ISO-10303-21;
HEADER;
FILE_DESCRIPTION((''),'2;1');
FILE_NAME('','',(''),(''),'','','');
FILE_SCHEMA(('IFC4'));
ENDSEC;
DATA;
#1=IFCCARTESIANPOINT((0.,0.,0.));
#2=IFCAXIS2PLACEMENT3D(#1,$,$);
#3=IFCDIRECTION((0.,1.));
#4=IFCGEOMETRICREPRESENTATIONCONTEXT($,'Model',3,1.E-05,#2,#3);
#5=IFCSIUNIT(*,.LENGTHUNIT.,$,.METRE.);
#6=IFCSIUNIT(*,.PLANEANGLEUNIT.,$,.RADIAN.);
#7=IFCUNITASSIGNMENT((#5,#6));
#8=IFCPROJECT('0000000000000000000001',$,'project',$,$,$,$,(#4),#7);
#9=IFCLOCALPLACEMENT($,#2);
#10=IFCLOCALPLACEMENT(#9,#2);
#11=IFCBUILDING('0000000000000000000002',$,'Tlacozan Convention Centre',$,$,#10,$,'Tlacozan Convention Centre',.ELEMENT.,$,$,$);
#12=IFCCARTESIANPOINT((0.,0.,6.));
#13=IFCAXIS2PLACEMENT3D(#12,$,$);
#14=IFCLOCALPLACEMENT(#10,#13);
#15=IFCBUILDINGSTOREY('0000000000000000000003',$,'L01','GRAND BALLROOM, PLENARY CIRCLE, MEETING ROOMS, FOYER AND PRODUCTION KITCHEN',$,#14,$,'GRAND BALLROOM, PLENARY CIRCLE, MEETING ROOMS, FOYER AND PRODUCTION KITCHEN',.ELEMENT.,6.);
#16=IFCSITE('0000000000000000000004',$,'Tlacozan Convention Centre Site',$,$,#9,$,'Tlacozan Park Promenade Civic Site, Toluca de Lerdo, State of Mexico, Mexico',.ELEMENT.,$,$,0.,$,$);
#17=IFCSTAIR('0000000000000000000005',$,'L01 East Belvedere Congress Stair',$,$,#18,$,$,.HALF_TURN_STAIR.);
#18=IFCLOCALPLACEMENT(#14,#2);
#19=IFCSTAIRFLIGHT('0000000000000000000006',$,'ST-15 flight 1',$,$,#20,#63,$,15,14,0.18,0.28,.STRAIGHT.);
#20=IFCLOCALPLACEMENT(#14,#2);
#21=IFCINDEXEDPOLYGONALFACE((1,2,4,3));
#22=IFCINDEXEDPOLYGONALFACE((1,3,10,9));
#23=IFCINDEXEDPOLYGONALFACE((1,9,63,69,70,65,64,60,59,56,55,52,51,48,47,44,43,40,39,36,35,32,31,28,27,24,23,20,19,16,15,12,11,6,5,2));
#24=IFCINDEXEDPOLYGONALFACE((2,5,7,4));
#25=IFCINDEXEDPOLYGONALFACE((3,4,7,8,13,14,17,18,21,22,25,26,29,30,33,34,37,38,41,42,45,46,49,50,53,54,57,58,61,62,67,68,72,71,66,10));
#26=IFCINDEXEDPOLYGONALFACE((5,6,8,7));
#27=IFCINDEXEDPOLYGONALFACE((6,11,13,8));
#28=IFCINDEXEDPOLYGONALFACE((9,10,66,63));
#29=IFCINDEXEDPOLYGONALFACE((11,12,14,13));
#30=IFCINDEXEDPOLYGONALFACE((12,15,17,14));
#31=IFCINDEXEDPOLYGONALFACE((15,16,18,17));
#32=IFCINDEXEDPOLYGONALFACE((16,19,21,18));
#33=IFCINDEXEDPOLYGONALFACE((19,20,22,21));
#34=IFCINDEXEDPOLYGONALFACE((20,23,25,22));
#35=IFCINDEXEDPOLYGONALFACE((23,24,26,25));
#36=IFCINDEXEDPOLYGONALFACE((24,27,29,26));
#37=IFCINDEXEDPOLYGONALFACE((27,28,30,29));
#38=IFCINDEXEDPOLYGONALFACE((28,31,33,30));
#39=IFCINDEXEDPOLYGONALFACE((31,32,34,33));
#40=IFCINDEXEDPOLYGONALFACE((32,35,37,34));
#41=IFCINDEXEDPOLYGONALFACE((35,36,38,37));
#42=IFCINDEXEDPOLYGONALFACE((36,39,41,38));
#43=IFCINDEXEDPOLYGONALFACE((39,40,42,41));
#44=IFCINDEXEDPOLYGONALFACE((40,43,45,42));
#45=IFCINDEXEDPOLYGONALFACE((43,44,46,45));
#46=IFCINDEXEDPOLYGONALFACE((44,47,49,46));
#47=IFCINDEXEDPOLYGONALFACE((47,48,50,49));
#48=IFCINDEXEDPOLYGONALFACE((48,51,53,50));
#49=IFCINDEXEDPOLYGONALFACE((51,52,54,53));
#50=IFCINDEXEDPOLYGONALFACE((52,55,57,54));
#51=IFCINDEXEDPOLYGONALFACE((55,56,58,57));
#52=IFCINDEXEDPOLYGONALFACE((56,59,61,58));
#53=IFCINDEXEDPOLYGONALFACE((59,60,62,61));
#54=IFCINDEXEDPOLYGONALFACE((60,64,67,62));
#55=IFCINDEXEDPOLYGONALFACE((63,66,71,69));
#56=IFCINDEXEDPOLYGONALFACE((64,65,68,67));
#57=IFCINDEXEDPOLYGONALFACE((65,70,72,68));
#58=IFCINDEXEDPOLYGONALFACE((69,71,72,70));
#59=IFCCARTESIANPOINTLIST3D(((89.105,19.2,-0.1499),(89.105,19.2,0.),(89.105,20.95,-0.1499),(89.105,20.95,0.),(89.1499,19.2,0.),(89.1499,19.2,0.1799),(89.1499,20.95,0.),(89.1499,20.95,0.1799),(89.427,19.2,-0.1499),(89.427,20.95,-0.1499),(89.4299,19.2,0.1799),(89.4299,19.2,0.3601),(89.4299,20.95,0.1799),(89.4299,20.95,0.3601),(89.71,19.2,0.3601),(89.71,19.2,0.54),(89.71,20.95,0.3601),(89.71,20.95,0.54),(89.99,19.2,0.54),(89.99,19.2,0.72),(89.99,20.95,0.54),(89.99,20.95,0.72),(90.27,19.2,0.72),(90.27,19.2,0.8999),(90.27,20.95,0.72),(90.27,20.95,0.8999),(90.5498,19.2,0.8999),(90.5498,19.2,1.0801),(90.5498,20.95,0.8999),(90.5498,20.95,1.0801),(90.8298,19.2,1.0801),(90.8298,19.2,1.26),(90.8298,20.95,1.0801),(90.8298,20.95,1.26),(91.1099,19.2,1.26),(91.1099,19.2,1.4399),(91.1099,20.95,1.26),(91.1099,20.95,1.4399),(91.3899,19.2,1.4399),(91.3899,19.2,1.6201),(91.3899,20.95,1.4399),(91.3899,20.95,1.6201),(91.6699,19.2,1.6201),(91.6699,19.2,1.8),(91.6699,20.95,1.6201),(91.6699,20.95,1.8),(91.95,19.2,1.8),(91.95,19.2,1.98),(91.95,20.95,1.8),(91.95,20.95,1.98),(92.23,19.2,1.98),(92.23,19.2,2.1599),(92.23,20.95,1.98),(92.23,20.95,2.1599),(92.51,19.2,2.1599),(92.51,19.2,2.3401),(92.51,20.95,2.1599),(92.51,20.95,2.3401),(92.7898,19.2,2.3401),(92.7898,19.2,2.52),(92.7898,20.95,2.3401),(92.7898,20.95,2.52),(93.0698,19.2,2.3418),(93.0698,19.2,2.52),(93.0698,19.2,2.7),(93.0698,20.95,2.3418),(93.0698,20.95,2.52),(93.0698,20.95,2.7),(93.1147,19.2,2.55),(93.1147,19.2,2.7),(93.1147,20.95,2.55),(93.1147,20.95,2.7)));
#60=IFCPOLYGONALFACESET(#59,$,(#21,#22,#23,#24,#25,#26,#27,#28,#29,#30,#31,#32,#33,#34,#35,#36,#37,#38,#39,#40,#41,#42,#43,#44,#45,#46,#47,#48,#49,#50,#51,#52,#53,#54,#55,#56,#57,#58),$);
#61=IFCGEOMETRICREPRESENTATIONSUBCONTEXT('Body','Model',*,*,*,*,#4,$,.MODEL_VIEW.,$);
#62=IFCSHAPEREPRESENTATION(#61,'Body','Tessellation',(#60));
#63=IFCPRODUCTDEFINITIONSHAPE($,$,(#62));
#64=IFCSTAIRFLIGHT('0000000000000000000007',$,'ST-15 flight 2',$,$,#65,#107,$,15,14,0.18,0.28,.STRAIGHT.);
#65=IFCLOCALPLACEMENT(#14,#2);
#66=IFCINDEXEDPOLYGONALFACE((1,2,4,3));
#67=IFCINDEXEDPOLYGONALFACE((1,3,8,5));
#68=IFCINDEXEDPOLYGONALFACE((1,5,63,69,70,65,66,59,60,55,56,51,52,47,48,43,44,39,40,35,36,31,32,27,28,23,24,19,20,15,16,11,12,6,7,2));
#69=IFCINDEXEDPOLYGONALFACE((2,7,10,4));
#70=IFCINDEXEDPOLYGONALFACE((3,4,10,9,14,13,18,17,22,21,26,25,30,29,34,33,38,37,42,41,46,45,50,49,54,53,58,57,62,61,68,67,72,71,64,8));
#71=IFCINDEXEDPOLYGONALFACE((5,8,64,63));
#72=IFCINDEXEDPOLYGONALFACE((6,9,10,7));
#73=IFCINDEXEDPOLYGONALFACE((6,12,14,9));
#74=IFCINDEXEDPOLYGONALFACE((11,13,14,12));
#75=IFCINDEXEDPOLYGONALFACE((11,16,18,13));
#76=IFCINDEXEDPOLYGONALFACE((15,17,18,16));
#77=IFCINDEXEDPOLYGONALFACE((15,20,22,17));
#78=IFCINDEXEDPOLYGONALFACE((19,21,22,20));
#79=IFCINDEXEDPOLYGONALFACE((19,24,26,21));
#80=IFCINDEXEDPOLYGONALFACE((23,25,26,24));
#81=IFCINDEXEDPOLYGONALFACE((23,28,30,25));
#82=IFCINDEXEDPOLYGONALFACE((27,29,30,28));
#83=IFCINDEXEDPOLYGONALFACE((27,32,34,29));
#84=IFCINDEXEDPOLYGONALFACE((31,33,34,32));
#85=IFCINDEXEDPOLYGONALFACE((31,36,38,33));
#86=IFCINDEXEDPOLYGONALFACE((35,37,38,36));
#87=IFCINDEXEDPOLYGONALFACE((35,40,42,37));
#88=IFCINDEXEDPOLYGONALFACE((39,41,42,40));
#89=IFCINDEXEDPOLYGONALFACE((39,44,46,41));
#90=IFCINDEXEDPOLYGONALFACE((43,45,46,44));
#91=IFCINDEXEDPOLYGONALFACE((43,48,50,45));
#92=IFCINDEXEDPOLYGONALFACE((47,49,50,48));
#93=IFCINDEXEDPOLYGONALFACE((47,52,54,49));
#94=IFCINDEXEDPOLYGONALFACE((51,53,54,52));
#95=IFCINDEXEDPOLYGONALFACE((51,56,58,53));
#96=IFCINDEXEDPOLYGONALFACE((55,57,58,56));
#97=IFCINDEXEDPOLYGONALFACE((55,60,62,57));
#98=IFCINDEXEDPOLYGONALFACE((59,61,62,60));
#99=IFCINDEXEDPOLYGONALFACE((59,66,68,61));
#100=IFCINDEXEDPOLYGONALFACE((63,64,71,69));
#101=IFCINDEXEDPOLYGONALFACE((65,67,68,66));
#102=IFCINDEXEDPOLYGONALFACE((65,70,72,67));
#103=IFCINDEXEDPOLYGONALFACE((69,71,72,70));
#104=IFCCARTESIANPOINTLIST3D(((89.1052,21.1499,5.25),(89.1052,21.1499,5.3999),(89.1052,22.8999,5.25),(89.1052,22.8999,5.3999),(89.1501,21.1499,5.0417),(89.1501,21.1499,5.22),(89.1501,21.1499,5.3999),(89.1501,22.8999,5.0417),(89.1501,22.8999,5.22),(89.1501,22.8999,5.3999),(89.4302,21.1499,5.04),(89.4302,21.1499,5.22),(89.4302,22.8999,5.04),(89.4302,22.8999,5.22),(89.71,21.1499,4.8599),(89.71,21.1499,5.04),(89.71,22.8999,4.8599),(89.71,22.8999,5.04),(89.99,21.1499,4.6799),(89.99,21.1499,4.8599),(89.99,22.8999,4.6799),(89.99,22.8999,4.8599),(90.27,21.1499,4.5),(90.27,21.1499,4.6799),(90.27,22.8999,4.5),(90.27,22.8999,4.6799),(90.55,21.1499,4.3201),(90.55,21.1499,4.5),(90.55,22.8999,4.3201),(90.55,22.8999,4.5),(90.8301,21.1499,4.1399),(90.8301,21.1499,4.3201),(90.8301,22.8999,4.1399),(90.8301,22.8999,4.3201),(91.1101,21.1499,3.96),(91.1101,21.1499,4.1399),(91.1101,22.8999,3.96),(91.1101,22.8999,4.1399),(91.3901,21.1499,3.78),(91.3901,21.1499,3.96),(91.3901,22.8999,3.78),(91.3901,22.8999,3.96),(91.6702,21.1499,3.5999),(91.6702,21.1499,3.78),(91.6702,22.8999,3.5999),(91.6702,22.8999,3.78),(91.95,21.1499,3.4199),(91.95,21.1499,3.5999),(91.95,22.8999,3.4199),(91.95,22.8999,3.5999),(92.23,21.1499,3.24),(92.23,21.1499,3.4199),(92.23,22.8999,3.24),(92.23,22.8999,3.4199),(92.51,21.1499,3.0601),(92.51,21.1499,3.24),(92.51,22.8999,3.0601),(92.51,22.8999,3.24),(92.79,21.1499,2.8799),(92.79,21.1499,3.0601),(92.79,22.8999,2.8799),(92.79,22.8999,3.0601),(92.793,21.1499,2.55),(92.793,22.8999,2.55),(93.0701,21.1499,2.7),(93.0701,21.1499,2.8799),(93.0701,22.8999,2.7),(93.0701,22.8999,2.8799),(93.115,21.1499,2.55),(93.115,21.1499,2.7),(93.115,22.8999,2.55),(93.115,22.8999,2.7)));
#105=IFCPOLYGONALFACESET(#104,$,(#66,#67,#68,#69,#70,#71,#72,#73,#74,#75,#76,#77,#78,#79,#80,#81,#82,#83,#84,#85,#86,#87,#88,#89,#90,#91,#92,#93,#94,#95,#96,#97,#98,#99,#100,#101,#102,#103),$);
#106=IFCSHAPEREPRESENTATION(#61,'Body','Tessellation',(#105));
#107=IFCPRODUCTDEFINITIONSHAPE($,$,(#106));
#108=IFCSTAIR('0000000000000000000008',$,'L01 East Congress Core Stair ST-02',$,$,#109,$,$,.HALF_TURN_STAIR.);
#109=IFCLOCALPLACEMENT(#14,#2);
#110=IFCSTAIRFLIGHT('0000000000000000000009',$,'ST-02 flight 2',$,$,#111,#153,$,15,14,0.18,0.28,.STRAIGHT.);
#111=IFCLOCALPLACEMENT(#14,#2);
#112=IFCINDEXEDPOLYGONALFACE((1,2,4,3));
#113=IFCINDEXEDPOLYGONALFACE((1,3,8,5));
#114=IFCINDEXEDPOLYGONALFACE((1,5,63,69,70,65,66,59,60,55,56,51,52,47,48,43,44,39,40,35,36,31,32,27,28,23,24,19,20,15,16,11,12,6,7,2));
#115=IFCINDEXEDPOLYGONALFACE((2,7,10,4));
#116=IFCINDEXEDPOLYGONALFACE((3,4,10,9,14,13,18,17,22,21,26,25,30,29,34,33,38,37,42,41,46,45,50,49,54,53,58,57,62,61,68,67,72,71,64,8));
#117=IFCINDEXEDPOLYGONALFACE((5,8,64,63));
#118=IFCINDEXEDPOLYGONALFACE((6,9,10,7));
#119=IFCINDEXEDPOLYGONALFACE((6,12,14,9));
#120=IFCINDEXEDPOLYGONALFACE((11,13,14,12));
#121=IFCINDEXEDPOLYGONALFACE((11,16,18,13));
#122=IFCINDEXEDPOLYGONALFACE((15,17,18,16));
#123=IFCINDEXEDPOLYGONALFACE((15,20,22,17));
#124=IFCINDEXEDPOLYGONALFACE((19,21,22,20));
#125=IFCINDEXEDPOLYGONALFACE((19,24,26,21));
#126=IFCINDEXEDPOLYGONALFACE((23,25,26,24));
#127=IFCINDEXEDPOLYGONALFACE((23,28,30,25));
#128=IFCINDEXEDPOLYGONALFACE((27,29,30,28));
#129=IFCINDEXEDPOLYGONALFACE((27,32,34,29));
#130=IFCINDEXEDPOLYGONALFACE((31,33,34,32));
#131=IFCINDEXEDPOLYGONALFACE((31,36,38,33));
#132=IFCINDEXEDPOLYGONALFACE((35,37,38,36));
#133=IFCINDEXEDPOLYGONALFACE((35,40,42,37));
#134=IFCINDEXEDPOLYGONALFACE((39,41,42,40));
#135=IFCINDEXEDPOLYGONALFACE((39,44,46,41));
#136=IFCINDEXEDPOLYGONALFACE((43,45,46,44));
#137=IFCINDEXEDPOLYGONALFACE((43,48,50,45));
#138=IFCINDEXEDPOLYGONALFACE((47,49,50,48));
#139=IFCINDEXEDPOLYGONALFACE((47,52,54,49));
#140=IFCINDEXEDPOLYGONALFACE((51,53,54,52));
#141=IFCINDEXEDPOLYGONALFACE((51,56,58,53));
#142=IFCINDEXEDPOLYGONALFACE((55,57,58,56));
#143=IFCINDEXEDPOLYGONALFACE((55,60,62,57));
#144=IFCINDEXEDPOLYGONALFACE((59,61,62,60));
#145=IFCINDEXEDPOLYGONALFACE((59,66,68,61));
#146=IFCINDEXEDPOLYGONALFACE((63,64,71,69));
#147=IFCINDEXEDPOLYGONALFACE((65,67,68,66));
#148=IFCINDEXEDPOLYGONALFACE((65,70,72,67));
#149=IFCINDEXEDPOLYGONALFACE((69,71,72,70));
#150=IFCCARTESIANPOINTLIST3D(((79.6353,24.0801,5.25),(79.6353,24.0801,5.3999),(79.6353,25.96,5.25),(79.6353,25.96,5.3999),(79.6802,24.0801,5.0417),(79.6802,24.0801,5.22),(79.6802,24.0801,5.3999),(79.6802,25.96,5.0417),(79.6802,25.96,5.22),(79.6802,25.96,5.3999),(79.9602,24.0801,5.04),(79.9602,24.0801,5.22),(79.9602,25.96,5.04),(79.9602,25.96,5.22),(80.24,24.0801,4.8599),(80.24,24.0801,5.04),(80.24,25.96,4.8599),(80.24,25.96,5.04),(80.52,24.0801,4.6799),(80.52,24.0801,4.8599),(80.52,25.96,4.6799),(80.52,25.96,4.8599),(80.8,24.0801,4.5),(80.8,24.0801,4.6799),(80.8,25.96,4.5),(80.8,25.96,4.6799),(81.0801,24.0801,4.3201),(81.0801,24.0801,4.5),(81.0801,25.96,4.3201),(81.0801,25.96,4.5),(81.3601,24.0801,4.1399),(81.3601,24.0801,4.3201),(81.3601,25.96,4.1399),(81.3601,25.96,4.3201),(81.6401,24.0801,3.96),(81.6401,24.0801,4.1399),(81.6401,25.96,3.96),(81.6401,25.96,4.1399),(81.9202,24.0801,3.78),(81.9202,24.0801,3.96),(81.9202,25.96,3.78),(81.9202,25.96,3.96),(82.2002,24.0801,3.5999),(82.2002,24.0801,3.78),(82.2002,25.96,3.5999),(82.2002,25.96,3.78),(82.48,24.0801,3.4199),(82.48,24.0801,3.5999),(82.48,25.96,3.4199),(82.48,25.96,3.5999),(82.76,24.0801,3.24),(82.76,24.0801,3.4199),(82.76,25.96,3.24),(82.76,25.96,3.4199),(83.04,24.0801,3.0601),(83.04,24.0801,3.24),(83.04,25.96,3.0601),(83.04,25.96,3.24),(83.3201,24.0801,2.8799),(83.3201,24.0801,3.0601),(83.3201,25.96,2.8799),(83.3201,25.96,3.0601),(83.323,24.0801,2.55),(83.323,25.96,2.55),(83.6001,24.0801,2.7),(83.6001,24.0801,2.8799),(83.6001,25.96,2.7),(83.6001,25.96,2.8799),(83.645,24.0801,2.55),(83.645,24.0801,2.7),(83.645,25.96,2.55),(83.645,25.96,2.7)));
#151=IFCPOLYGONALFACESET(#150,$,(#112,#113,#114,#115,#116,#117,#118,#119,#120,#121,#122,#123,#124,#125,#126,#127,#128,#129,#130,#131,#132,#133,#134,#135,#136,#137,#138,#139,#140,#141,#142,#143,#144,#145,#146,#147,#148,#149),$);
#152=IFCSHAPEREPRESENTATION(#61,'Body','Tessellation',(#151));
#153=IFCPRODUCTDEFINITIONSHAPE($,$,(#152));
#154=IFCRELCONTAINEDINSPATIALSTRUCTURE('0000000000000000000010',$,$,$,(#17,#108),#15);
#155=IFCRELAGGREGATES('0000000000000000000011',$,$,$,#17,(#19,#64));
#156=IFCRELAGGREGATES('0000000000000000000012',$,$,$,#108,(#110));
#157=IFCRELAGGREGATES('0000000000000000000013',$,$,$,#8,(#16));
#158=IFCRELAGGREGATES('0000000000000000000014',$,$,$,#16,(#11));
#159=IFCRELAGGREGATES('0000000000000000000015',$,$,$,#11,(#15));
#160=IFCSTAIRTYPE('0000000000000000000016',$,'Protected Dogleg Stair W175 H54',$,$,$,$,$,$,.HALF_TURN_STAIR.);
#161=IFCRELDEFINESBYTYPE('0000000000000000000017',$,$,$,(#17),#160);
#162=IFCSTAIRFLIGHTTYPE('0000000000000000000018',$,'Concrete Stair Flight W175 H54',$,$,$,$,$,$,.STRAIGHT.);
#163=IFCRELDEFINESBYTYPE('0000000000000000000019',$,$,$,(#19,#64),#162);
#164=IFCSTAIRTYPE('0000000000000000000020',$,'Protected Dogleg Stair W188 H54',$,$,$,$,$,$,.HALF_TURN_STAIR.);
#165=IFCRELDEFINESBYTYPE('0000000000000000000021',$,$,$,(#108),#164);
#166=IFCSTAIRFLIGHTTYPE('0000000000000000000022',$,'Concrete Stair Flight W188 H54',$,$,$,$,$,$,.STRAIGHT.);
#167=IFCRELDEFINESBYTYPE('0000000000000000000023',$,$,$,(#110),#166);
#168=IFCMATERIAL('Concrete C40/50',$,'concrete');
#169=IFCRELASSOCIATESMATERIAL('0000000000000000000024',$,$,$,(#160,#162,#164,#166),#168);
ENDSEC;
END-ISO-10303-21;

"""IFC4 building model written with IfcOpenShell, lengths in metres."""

from ifc_helpers import new_model, si_unit, direction, frame, origin, place, context, subcontext, project, spatial, polyline, outline, extrude, material, type_object, element, aggregate, save


model = new_model("IFC4")

# Units and contexts
model_context = context("Model", 3, precision=1e-05, world=origin(), true_north=direction((0.0, 1.0)))
body_context = subcontext(model_context, "Body", "Model", "MODEL_VIEW")
ifc_project = project(units=[si_unit("LENGTHUNIT", "METRE"), si_unit("PLANEANGLEUNIT", "RADIAN")], contexts=[model_context])

# Site, building, storey
site_placement = place(None, origin())
site = spatial("IfcSite", under=ifc_project, at=site_placement, Name="Tlacozan Convention Centre Site", LongName="Tlacozan Park Promenade Civic Site, Toluca de Lerdo, State of Mexico, Mexico", CompositionType="ELEMENT", RefElevation=0.0)
building_placement = place(site_placement, origin())
building = spatial("IfcBuilding", under=site, at=building_placement, Name="Tlacozan Convention Centre", LongName="Tlacozan Convention Centre", CompositionType="ELEMENT")
storey_placement = place(building_placement, frame((0.0, 0.0, 6.0)))
storey = spatial("IfcBuildingStorey", under=building, at=storey_placement, Name="L01", Description="GRAND BALLROOM, PLENARY CIRCLE, MEETING ROOMS, FOYER AND PRODUCTION KITCHEN", LongName="GRAND BALLROOM, PLENARY CIRCLE, MEETING ROOMS, FOYER AND PRODUCTION KITCHEN", CompositionType="ELEMENT", Elevation=6.0)

# Shared definitions
ifc_material_1 = material(Name="Concrete C40/50", Category="concrete")

# Stair, stair flights
stair_type_1 = type_object("IfcStairType", Name="Protected Dogleg Stair W175 H54", PredefinedType="HALF_TURN_STAIR", material=ifc_material_1)
stair_1_placement = place(storey_placement, origin())
stair_1 = element("IfcStair", 1, at=stair_1_placement, inside=storey, type_object=stair_type_1, Name="L01 East Belvedere Congress Stair", PredefinedType="HALF_TURN_STAIR")
stair_flight_type_1 = type_object("IfcStairFlightType", Name="Concrete Stair Flight W175 H54", PredefinedType="STRAIGHT", material=ifc_material_1)
stair_flight_1_placement = place(storey_placement, frame((89.1499, 20.075, 0.0), z_axis=(0.0, 0.0, 1.0), x_axis=(1.0, 0.0, 0.0)))
stair_flight_1 = element("IfcStairFlight", 2, at=stair_flight_1_placement, type_object=stair_flight_type_1, Name="ST-15 flight 1", NumberOfRisers=15, NumberOfTreads=14, PredefinedType="STRAIGHT", RiserHeight=0.18, TreadLength=0.28, context=body_context, shape_type="SweptSolid", body=[
    extrude(outline(polyline([(-0.0449, -0.1499), (-0.0449, 0.0), (0.0, 0.0), (0.0, 0.1799), (0.28, 0.1799), (0.28, 0.3601), (0.5601, 0.3601), (0.5601, 0.54), (0.8401, 0.54), (0.8401, 0.72), (1.1201, 0.72), (1.1201, 0.8999), (1.3999, 0.8999), (1.3999, 1.0801), (1.6799, 1.0801), (1.6799, 1.26), (1.96, 1.26), (1.96, 1.4399), (2.24, 1.4399), (2.24, 1.6201), (2.52, 1.6201), (2.52, 1.8), (2.8, 1.8), (2.8, 1.98), (3.0801, 1.98), (3.0801, 2.1599), (3.3601, 2.1599), (3.3601, 2.3401), (3.6399, 2.3401), (3.6399, 2.52), (3.9199, 2.52), (3.9199, 2.7), (3.9648, 2.7), (3.9648, 2.55), (3.9199, 2.3418), (0.2771, -0.1499), (-0.0449, -0.1499)])), frame((0.0, 0.875, 0.0), z_axis=(0.0, -1.0, 0.0), x_axis=(1.0, 0.0, 0.0)), (0.0, 0.0, 1.0), 1.75),
])
stair_flight_2_placement = place(storey_placement, frame((93.0701, 22.0249, 2.7), z_axis=(0.0, 0.0, 1.0), x_axis=(-1.0, 0.0, 0.0)))
stair_flight_2 = element("IfcStairFlight", 3, at=stair_flight_2_placement, type_object=stair_flight_type_1, Name="ST-15 flight 2", NumberOfRisers=15, NumberOfTreads=14, PredefinedType="STRAIGHT", RiserHeight=0.18, TreadLength=0.28, context=body_context, shape_type="SweptSolid", body=[
    extrude(outline(polyline([(-0.0449, -0.1499), (-0.0449, 0.0), (0.0, 0.0), (0.0, 0.1799), (0.28, 0.1799), (0.28, 0.3601), (0.5601, 0.3601), (0.5601, 0.54), (0.8401, 0.54), (0.8401, 0.72), (1.1201, 0.72), (1.1201, 0.8999), (1.3999, 0.8999), (1.3999, 1.0801), (1.6799, 1.0801), (1.6799, 1.26), (1.96, 1.26), (1.96, 1.4399), (2.24, 1.4399), (2.24, 1.6201), (2.52, 1.6201), (2.52, 1.8), (2.8, 1.8), (2.8, 1.98), (3.0801, 1.98), (3.0801, 2.1599), (3.3601, 2.1599), (3.3601, 2.3401), (3.6399, 2.3401), (3.6399, 2.52), (3.9199, 2.52), (3.9199, 2.7), (3.9648, 2.7), (3.9648, 2.55), (3.9199, 2.3418), (0.2771, -0.1499), (-0.0449, -0.1499)])), frame((0.0, 0.875, 0.0), z_axis=(0.0, -1.0, 0.0), x_axis=(1.0, 0.0, 0.0)), (0.0, 0.0, 1.0), 1.75),
])
aggregate(stair_1, [stair_flight_1, stair_flight_2])

# Stair, stair flight
stair_type_2 = type_object("IfcStairType", Name="Protected Dogleg Stair W188 H54", PredefinedType="HALF_TURN_STAIR", material=ifc_material_1)
stair_2_placement = place(storey_placement, origin())
stair_2 = element("IfcStair", 4, at=stair_2_placement, inside=storey, type_object=stair_type_2, Name="L01 East Congress Core Stair ST-02", PredefinedType="HALF_TURN_STAIR")
stair_flight_type_2 = type_object("IfcStairFlightType", Name="Concrete Stair Flight W188 H54", PredefinedType="STRAIGHT", material=ifc_material_1)
stair_flight_3_placement = place(storey_placement, frame((83.6001, 25.02, 2.7), z_axis=(0.0, 0.0, 1.0), x_axis=(-1.0, 0.0, 0.0)))
stair_flight_3 = element("IfcStairFlight", 5, at=stair_flight_3_placement, type_object=stair_flight_type_2, Name="ST-02 flight 2", NumberOfRisers=15, NumberOfTreads=14, PredefinedType="STRAIGHT", RiserHeight=0.18, TreadLength=0.28, context=body_context, shape_type="SweptSolid", body=[
    extrude(outline(polyline([(-0.0449, -0.1499), (-0.0449, 0.0), (0.0, 0.0), (0.0, 0.1799), (0.28, 0.1799), (0.28, 0.3601), (0.5601, 0.3601), (0.5601, 0.54), (0.8401, 0.54), (0.8401, 0.72), (1.1201, 0.72), (1.1201, 0.8999), (1.3999, 0.8999), (1.3999, 1.0801), (1.6799, 1.0801), (1.6799, 1.26), (1.96, 1.26), (1.96, 1.4399), (2.24, 1.4399), (2.24, 1.6201), (2.52, 1.6201), (2.52, 1.8), (2.8, 1.8), (2.8, 1.98), (3.0801, 1.98), (3.0801, 2.1599), (3.3601, 2.1599), (3.3601, 2.3401), (3.6399, 2.3401), (3.6399, 2.52), (3.9199, 2.52), (3.9199, 2.7), (3.9648, 2.7), (3.9648, 2.55), (3.9199, 2.3418), (0.2771, -0.1499), (-0.0449, -0.1499)])), frame((0.0, 0.9399, 0.0), z_axis=(0.0, -1.0, 0.0), x_axis=(1.0, 0.0, 0.0)), (0.0, 0.0, 1.0), 1.8799),
])
aggregate(stair_2, [stair_flight_3])

save(model, "model.ifc")
